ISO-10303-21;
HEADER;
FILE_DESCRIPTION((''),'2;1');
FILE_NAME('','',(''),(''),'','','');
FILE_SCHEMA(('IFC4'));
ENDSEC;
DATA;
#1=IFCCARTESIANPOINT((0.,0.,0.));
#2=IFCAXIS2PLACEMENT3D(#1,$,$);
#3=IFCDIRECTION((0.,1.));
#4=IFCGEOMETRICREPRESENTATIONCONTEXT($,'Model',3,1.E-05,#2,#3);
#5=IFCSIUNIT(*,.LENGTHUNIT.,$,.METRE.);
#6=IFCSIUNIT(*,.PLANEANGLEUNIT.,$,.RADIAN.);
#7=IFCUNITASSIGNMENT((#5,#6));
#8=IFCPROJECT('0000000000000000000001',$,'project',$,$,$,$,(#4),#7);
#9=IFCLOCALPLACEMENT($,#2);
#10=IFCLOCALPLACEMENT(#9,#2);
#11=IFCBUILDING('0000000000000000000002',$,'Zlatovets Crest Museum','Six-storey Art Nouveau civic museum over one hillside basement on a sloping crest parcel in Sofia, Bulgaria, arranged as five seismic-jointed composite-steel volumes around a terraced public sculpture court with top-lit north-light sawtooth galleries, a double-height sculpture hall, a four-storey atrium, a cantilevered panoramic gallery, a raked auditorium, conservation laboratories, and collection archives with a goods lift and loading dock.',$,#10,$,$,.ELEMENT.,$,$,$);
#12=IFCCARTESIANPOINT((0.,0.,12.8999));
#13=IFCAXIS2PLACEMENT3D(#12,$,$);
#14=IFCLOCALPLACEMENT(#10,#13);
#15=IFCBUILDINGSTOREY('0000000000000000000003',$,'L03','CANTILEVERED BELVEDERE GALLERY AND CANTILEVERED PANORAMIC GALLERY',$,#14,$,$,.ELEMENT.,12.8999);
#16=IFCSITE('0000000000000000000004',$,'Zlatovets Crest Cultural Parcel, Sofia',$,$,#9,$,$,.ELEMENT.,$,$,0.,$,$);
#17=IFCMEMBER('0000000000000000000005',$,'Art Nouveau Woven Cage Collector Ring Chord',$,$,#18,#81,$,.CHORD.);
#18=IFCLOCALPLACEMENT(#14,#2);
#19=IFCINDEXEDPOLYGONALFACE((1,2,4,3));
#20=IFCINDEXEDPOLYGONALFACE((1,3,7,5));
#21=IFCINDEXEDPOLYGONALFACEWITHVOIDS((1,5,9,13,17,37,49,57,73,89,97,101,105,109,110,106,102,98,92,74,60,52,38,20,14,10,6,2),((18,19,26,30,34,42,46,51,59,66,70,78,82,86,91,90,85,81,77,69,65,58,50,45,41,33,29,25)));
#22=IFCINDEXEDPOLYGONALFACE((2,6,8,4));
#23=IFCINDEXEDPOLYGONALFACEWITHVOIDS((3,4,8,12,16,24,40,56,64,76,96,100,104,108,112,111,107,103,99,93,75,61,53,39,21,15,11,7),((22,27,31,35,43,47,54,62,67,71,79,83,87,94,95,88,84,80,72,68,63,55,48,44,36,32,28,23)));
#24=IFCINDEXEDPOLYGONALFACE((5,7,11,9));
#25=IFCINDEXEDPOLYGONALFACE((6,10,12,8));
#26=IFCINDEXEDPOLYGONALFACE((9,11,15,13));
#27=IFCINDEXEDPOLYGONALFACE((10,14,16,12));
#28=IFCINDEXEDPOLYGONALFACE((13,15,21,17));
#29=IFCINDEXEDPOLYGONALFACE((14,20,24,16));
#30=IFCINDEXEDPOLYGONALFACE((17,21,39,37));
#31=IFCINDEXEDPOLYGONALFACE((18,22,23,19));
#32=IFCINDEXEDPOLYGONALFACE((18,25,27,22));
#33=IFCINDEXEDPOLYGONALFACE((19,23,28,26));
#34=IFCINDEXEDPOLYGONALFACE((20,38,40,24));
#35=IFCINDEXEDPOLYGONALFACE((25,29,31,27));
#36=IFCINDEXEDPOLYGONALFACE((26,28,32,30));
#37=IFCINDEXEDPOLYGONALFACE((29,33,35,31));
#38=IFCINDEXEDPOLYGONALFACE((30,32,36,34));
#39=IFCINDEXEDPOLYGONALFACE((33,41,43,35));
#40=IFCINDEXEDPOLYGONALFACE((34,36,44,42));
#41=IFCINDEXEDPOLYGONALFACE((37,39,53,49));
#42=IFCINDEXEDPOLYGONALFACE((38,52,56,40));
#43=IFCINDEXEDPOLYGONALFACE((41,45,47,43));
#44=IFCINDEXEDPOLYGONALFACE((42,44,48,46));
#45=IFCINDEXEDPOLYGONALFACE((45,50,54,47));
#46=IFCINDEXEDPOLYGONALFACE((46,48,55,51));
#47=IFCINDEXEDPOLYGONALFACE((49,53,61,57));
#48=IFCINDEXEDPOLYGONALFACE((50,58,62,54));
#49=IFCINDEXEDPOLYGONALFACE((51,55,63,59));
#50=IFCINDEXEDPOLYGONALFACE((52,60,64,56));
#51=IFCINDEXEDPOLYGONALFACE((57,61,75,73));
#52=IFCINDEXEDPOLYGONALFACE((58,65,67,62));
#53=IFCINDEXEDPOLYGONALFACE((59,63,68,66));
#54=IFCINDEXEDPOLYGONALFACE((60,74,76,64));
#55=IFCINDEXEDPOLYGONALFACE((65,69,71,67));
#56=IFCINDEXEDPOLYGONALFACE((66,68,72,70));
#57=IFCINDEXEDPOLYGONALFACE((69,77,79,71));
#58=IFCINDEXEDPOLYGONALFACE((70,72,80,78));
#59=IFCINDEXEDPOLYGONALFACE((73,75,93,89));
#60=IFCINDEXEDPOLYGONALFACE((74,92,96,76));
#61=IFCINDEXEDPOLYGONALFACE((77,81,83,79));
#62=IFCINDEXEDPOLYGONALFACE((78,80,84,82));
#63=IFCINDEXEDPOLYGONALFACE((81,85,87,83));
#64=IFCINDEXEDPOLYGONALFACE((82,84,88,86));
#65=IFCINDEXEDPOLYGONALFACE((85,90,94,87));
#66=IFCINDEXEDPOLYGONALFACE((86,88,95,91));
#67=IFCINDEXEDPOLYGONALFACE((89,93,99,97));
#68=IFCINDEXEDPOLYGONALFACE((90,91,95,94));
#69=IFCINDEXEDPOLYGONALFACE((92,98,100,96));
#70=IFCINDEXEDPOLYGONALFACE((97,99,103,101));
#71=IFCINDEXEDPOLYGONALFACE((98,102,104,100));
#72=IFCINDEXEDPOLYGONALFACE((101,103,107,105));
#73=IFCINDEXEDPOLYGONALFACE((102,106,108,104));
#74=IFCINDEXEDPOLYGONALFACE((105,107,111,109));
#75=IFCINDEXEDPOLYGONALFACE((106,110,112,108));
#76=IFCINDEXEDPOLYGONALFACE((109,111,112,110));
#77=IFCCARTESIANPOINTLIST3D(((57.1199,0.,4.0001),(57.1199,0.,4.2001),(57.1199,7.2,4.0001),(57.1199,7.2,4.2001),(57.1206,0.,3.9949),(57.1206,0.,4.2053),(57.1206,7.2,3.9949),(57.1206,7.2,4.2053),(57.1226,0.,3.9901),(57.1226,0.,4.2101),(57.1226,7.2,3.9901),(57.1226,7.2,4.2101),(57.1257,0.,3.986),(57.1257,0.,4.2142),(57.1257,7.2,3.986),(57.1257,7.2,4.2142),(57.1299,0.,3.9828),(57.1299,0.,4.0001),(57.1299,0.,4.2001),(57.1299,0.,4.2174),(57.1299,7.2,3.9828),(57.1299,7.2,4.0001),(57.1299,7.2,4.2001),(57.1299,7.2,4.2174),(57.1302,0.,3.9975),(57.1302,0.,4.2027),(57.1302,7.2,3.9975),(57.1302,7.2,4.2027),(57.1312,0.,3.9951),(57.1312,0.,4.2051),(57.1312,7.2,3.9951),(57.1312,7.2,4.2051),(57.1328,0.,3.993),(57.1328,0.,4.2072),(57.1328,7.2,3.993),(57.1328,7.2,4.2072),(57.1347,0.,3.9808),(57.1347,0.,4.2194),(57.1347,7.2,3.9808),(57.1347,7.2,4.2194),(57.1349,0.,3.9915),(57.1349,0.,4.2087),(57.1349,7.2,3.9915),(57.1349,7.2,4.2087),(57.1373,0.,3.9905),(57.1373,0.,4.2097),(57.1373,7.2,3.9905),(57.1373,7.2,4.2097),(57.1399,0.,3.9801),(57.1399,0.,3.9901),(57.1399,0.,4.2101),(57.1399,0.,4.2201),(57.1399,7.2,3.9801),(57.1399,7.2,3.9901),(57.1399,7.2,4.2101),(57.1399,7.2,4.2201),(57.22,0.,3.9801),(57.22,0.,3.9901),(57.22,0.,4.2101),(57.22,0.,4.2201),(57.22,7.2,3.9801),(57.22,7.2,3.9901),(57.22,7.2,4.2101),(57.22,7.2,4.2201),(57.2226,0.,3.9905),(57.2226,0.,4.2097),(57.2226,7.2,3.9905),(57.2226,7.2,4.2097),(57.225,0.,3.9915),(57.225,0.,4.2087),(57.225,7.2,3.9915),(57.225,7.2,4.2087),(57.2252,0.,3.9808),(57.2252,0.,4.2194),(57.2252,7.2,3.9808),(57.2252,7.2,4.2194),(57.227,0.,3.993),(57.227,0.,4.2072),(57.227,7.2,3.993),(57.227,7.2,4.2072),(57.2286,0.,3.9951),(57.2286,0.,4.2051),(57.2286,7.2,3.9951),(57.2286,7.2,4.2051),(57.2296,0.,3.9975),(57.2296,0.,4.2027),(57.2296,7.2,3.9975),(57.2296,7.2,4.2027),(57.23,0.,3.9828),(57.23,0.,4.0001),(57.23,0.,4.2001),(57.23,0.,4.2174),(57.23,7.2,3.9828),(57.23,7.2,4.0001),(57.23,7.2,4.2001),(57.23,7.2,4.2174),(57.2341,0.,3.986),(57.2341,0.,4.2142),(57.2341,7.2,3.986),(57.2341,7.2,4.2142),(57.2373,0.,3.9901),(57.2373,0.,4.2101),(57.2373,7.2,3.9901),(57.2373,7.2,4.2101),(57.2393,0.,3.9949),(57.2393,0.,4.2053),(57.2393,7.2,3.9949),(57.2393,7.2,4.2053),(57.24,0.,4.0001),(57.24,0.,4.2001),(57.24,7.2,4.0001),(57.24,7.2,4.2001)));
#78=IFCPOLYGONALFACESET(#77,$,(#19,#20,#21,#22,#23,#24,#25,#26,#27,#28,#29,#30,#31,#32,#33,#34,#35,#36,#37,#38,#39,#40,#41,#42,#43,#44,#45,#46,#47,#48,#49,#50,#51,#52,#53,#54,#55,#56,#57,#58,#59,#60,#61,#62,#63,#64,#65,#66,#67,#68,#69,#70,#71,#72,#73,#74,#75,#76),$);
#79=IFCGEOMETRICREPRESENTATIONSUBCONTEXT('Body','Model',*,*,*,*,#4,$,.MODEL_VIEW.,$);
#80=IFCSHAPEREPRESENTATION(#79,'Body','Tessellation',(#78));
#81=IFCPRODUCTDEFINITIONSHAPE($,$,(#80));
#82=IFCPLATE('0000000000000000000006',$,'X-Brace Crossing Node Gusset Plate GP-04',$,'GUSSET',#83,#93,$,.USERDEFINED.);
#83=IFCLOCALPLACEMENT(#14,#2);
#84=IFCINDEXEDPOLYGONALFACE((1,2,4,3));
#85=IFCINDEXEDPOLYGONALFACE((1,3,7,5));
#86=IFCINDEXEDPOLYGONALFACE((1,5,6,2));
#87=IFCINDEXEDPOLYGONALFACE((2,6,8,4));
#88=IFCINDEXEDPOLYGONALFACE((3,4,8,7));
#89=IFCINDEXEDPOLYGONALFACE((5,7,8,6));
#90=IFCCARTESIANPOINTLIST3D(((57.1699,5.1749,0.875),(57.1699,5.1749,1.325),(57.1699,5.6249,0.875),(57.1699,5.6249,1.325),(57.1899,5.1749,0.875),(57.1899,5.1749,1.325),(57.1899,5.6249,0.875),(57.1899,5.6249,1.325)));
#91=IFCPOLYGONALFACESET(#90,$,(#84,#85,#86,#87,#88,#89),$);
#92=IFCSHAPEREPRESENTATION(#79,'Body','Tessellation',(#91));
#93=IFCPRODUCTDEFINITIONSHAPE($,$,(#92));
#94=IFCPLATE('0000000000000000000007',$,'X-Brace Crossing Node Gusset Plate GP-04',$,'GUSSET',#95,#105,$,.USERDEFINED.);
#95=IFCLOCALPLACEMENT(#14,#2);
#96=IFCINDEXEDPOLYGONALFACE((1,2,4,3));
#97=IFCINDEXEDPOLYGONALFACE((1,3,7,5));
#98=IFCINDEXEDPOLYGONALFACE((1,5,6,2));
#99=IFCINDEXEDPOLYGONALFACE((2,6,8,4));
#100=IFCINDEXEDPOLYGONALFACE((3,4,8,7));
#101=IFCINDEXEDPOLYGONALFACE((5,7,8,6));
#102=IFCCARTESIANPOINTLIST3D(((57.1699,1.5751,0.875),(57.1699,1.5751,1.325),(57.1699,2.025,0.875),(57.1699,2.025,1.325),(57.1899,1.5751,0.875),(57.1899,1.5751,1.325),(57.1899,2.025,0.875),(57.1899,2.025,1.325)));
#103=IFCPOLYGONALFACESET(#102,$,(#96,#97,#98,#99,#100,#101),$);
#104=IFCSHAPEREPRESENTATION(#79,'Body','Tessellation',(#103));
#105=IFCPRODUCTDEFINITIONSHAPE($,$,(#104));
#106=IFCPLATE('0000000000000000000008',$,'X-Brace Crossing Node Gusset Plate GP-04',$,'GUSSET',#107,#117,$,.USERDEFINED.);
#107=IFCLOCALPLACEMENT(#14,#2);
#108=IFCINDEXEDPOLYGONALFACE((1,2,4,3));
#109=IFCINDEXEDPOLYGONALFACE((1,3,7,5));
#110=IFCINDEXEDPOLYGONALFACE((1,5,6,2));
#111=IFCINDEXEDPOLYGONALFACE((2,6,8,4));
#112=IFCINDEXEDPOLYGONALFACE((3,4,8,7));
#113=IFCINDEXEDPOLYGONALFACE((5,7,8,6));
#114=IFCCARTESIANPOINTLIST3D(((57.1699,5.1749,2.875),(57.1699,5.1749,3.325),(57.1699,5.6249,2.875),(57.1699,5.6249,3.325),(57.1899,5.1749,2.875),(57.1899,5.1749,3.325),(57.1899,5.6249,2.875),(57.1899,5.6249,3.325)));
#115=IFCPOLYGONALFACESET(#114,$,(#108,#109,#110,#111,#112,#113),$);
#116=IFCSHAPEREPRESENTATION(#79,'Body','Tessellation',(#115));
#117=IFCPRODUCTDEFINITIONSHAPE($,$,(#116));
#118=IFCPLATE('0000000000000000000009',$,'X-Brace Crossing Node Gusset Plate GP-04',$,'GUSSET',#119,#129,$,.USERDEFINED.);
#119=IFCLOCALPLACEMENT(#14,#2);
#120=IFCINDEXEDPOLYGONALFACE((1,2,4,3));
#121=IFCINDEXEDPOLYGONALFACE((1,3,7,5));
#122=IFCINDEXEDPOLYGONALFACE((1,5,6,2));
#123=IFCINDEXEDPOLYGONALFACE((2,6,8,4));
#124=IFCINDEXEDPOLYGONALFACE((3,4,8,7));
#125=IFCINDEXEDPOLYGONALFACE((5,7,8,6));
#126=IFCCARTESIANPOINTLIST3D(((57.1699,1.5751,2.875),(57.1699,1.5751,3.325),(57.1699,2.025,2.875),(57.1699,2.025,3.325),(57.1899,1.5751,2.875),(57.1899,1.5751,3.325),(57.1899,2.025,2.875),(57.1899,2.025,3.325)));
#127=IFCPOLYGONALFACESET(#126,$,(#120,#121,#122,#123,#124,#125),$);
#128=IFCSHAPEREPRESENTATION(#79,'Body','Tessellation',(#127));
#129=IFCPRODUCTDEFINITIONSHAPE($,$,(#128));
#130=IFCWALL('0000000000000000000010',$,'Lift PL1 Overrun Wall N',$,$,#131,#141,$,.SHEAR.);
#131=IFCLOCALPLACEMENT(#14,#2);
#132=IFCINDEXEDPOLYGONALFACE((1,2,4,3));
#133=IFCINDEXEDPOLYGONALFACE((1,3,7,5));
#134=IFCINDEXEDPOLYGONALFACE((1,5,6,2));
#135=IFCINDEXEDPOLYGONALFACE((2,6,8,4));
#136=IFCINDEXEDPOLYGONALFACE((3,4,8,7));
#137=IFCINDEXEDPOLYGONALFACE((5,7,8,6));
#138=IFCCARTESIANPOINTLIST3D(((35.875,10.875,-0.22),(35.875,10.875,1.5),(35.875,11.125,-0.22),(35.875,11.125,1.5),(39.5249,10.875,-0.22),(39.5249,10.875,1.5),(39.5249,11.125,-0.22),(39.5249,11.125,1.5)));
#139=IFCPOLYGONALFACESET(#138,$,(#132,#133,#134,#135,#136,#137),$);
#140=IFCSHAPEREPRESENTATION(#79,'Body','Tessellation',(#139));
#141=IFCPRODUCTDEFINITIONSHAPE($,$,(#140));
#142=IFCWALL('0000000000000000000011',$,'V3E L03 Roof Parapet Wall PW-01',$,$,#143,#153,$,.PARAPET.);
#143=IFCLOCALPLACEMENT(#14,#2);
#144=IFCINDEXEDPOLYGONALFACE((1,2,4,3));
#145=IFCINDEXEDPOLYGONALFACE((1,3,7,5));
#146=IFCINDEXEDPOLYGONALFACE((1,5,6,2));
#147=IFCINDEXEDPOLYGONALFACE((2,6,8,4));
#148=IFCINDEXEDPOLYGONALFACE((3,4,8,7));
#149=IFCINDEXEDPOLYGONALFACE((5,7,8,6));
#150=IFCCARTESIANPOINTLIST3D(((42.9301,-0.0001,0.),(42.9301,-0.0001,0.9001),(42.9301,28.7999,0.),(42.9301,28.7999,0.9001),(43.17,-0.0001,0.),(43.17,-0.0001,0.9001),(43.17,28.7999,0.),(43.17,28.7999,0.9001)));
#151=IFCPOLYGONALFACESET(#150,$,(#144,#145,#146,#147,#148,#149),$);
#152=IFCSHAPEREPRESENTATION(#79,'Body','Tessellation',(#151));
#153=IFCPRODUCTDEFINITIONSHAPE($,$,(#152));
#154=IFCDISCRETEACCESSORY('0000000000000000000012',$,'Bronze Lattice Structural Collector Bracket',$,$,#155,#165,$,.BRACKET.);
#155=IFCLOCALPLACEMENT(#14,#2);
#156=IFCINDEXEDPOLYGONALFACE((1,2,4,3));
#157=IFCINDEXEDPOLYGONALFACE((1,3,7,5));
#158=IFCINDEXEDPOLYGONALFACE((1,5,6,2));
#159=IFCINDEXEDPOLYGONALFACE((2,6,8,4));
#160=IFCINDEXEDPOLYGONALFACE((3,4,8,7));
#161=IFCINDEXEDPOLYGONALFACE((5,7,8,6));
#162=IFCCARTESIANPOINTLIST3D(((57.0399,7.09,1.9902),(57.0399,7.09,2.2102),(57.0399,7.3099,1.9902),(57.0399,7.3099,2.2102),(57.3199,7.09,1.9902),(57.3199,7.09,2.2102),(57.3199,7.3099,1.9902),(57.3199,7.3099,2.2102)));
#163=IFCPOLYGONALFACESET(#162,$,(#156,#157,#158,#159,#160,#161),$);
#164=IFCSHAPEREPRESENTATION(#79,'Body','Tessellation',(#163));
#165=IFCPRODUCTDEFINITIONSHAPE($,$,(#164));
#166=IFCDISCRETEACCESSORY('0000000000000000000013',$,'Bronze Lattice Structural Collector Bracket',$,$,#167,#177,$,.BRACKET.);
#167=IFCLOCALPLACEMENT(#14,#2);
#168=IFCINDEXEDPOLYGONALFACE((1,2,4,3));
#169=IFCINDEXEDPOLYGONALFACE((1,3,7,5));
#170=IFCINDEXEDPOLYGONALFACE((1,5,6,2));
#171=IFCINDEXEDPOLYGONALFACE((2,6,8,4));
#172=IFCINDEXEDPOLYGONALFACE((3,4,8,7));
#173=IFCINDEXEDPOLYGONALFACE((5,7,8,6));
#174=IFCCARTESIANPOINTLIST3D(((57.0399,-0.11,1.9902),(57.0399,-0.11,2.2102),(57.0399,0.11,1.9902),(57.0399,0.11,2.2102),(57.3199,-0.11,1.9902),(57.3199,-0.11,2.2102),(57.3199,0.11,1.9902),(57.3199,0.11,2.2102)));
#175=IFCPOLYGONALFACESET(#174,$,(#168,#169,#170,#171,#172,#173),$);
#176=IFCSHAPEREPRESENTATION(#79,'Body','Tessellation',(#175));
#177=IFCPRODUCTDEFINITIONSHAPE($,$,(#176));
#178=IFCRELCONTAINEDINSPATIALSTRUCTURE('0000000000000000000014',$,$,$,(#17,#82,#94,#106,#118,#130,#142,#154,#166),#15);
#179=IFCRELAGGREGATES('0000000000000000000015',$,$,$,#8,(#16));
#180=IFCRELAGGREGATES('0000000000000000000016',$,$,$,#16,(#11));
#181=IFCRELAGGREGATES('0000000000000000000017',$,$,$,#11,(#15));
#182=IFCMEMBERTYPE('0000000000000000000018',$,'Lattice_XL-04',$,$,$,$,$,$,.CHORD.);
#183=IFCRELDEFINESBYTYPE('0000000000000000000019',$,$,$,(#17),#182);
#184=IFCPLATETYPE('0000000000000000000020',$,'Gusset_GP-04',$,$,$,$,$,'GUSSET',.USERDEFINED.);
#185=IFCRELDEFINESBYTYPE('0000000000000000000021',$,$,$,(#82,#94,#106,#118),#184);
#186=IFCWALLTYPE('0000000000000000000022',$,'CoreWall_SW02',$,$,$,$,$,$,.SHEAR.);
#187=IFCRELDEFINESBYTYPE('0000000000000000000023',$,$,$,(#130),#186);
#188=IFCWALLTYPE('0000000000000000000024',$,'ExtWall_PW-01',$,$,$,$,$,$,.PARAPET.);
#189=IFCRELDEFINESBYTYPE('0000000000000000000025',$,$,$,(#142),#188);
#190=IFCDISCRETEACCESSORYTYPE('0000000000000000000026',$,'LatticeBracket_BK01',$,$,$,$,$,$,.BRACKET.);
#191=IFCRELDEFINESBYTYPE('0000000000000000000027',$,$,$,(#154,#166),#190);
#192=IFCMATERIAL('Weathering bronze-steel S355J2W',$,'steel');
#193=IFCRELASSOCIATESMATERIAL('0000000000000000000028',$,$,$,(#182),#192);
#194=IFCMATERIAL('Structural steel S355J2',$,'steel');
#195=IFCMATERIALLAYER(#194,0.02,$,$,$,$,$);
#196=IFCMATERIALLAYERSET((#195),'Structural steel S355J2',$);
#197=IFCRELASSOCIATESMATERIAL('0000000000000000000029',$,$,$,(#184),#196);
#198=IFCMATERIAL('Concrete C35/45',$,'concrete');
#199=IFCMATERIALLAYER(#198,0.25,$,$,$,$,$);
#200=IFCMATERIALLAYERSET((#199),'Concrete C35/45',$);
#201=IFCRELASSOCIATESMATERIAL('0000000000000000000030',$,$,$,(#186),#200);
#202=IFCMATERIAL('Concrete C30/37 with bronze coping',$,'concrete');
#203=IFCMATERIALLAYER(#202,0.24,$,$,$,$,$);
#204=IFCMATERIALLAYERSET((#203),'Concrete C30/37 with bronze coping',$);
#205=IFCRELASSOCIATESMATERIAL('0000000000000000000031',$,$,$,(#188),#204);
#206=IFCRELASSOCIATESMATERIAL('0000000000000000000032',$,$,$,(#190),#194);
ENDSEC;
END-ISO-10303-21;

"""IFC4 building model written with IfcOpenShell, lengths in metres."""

from ifc_helpers import new_model, si_unit, direction, frame, frame_2d, origin, origin_2d, place, context, subcontext, project, spatial, rectangle, hollow_rectangle, extrude, material, layer, layer_set, material_profile, profile_set, type_object, element, save


model = new_model("IFC4")

# Units and contexts
model_context = context("Model", 3, precision=1e-05, world=origin(), true_north=direction((0.0, 1.0)))
body_context = subcontext(model_context, "Body", "Model", "MODEL_VIEW")
ifc_project = project(units=[si_unit("LENGTHUNIT", "METRE"), si_unit("PLANEANGLEUNIT", "RADIAN")], contexts=[model_context])

# Site, building, storey
site_placement = place(None, origin())
site = spatial("IfcSite", under=ifc_project, at=site_placement, Name="Zlatovets Crest Cultural Parcel, Sofia", CompositionType="ELEMENT", RefElevation=0.0)
building_placement = place(site_placement, origin())
building = spatial("IfcBuilding", under=site, at=building_placement, Name="Zlatovets Crest Museum", Description="Six-storey Art Nouveau civic museum over one hillside basement on a sloping crest parcel in Sofia, Bulgaria, arranged as five seismic-jointed composite-steel volumes around a terraced public sculpture court with top-lit north-light sawtooth galleries, a double-height sculpture hall, a four-storey atrium, a cantilevered panoramic gallery, a raked auditorium, conservation laboratories, and collection archives with a goods lift and loading dock.", CompositionType="ELEMENT")
storey_placement = place(building_placement, frame((0.0, 0.0, 12.8999)))
storey = spatial("IfcBuildingStorey", under=building, at=storey_placement, Name="L03", Description="CANTILEVERED BELVEDERE GALLERY AND CANTILEVERED PANORAMIC GALLERY", CompositionType="ELEMENT", Elevation=12.8999)

# Shared definitions
ifc_material_1 = material(Name="Structural steel S355J2", Category="steel")

# Member
ifc_material_2 = material(Name="Weathering bronze-steel S355J2W", Category="steel")
ifc_material_profile_1 = material_profile(ifc_material_2, hollow_rectangle(XDim=0.1201, YDim=0.24, WallThickness=0.01, InnerFilletRadius=0.01, OuterFilletRadius=0.02, at=origin_2d()), Name="RHS 120x240x10.0")
ifc_profile_set_1 = profile_set([ifc_material_profile_1], Name="Weathering bronze-steel S355J2W")
member_type_1 = type_object("IfcMemberType", Name="Lattice_XL-04", PredefinedType="CHORD", material=ifc_profile_set_1)
member_1_placement = place(storey_placement, frame((57.1799, 7.2, 4.1001), z_axis=(0.0, -1.0, 0.0), x_axis=(1.0, 0.0, 0.0)))
element("IfcMember", 1, at=member_1_placement, inside=storey, type_object=member_type_1, Name="Art Nouveau Woven Cage Collector Ring Chord", PredefinedType="CHORD", context=body_context, shape_type="SweptSolid", body=[
    extrude(hollow_rectangle(XDim=0.1201, YDim=0.24, WallThickness=0.01, InnerFilletRadius=0.01, OuterFilletRadius=0.02, at=origin_2d()), origin(), (0.0, 0.0, 1.0), 7.2),
])

# Plates
ifc_layer_1 = layer(ifc_material_1, 0.02)
ifc_layer_set_1 = layer_set([ifc_layer_1], Name="Structural steel S355J2")
plate_type = type_object("IfcPlateType", Name="Gusset_GP-04", ElementType="GUSSET", PredefinedType="USERDEFINED", material=ifc_layer_set_1)
for number, where, z_axis, x_axis, name in (
    (2, (57.1799, 5.3999, 0.875), (0.0, 0.0, 1.0), (1.0, 0.0, 0.0), "X-Brace Crossing Node Gusset Plate GP-04"),
    (3, (57.1799, 1.8, 0.875), (0.0, 0.0, 1.0), (1.0, 0.0, 0.0), "X-Brace Crossing Node Gusset Plate GP-04"),
    (4, (57.1799, 5.3999, 2.875), (0.0, 0.0, 1.0), (1.0, 0.0, 0.0), "X-Brace Crossing Node Gusset Plate GP-04"),
    (5, (57.1799, 1.8, 2.875), (0.0, 0.0, 1.0), (1.0, 0.0, 0.0), "X-Brace Crossing Node Gusset Plate GP-04"),
):
    element("IfcPlate", number, at=place(storey_placement, frame(where, z_axis=z_axis, x_axis=x_axis)), inside=storey, type_object=plate_type, Name=name, ObjectType="GUSSET", PredefinedType="USERDEFINED", context=body_context, shape_type="SweptSolid", body=[
        extrude(rectangle(XDim=0.02, YDim=0.45, at=origin_2d()), origin(), (0.0, 0.0, 1.0), 0.45),
    ])

# Walls
ifc_material_3 = material(Name="Concrete C35/45", Category="concrete")
ifc_layer_2 = layer(ifc_material_3, 0.25)
ifc_layer_set_2 = layer_set([ifc_layer_2], Name="Concrete C35/45")
wall_type_1 = type_object("IfcWallType", Name="CoreWall_SW02", PredefinedType="SHEAR", material=ifc_layer_set_2)
wall_1_placement = place(storey_placement, frame((39.5249, 11.0, -0.22), z_axis=(0.0, 0.0, 1.0), x_axis=(-1.0, 0.0, 0.0)))
element("IfcWall", 6, at=wall_1_placement, inside=storey, type_object=wall_type_1, Name="Lift PL1 Overrun Wall N", PredefinedType="SHEAR", context=body_context, shape_type="SweptSolid", body=[
    extrude(rectangle(XDim=3.6499, YDim=0.25, at=frame_2d((1.825, 0.0))), origin(), (0.0, 0.0, 1.0), 1.72),
])
ifc_material_4 = material(Name="Concrete C30/37 with bronze coping", Category="concrete")
ifc_layer_3 = layer(ifc_material_4, 0.24)
ifc_layer_set_3 = layer_set([ifc_layer_3], Name="Concrete C30/37 with bronze coping")
wall_type_2 = type_object("IfcWallType", Name="ExtWall_PW-01", PredefinedType="PARAPET", material=ifc_layer_set_3)
wall_2_placement = place(storey_placement, frame((43.05, 0.0, 0.0), z_axis=(0.0, 0.0, 1.0), x_axis=(0.0, 1.0, 0.0)))
element("IfcWall", 7, at=wall_2_placement, inside=storey, type_object=wall_type_2, Name="V3E L03 Roof Parapet Wall PW-01", PredefinedType="PARAPET", context=body_context, shape_type="SweptSolid", body=[
    extrude(rectangle(XDim=28.8, YDim=0.24, at=frame_2d((14.3999, 0.0))), origin(), (0.0, 0.0, 1.0), 0.9001),
])

# Discrete accessories
discrete_accessory_type = type_object("IfcDiscreteAccessoryType", Name="LatticeBracket_BK01", PredefinedType="BRACKET", material=ifc_material_1)
for number, where, z_axis, x_axis, name in (
    (8, (57.1799, 7.2, 1.9902), (0.0, 0.0, 1.0), (1.0, 0.0, 0.0), "Bronze Lattice Structural Collector Bracket"),
    (9, (57.1799, 0.0, 1.9902), (0.0, 0.0, 1.0), (1.0, 0.0, 0.0), "Bronze Lattice Structural Collector Bracket"),
):
    element("IfcDiscreteAccessory", number, at=place(storey_placement, frame(where, z_axis=z_axis, x_axis=x_axis)), inside=storey, type_object=discrete_accessory_type, Name=name, PredefinedType="BRACKET", context=body_context, shape_type="SweptSolid", body=[
        extrude(rectangle(XDim=0.28, YDim=0.22, at=origin_2d()), origin(), (0.0, 0.0, 1.0), 0.22),
    ])

save(model, "model.ifc")
